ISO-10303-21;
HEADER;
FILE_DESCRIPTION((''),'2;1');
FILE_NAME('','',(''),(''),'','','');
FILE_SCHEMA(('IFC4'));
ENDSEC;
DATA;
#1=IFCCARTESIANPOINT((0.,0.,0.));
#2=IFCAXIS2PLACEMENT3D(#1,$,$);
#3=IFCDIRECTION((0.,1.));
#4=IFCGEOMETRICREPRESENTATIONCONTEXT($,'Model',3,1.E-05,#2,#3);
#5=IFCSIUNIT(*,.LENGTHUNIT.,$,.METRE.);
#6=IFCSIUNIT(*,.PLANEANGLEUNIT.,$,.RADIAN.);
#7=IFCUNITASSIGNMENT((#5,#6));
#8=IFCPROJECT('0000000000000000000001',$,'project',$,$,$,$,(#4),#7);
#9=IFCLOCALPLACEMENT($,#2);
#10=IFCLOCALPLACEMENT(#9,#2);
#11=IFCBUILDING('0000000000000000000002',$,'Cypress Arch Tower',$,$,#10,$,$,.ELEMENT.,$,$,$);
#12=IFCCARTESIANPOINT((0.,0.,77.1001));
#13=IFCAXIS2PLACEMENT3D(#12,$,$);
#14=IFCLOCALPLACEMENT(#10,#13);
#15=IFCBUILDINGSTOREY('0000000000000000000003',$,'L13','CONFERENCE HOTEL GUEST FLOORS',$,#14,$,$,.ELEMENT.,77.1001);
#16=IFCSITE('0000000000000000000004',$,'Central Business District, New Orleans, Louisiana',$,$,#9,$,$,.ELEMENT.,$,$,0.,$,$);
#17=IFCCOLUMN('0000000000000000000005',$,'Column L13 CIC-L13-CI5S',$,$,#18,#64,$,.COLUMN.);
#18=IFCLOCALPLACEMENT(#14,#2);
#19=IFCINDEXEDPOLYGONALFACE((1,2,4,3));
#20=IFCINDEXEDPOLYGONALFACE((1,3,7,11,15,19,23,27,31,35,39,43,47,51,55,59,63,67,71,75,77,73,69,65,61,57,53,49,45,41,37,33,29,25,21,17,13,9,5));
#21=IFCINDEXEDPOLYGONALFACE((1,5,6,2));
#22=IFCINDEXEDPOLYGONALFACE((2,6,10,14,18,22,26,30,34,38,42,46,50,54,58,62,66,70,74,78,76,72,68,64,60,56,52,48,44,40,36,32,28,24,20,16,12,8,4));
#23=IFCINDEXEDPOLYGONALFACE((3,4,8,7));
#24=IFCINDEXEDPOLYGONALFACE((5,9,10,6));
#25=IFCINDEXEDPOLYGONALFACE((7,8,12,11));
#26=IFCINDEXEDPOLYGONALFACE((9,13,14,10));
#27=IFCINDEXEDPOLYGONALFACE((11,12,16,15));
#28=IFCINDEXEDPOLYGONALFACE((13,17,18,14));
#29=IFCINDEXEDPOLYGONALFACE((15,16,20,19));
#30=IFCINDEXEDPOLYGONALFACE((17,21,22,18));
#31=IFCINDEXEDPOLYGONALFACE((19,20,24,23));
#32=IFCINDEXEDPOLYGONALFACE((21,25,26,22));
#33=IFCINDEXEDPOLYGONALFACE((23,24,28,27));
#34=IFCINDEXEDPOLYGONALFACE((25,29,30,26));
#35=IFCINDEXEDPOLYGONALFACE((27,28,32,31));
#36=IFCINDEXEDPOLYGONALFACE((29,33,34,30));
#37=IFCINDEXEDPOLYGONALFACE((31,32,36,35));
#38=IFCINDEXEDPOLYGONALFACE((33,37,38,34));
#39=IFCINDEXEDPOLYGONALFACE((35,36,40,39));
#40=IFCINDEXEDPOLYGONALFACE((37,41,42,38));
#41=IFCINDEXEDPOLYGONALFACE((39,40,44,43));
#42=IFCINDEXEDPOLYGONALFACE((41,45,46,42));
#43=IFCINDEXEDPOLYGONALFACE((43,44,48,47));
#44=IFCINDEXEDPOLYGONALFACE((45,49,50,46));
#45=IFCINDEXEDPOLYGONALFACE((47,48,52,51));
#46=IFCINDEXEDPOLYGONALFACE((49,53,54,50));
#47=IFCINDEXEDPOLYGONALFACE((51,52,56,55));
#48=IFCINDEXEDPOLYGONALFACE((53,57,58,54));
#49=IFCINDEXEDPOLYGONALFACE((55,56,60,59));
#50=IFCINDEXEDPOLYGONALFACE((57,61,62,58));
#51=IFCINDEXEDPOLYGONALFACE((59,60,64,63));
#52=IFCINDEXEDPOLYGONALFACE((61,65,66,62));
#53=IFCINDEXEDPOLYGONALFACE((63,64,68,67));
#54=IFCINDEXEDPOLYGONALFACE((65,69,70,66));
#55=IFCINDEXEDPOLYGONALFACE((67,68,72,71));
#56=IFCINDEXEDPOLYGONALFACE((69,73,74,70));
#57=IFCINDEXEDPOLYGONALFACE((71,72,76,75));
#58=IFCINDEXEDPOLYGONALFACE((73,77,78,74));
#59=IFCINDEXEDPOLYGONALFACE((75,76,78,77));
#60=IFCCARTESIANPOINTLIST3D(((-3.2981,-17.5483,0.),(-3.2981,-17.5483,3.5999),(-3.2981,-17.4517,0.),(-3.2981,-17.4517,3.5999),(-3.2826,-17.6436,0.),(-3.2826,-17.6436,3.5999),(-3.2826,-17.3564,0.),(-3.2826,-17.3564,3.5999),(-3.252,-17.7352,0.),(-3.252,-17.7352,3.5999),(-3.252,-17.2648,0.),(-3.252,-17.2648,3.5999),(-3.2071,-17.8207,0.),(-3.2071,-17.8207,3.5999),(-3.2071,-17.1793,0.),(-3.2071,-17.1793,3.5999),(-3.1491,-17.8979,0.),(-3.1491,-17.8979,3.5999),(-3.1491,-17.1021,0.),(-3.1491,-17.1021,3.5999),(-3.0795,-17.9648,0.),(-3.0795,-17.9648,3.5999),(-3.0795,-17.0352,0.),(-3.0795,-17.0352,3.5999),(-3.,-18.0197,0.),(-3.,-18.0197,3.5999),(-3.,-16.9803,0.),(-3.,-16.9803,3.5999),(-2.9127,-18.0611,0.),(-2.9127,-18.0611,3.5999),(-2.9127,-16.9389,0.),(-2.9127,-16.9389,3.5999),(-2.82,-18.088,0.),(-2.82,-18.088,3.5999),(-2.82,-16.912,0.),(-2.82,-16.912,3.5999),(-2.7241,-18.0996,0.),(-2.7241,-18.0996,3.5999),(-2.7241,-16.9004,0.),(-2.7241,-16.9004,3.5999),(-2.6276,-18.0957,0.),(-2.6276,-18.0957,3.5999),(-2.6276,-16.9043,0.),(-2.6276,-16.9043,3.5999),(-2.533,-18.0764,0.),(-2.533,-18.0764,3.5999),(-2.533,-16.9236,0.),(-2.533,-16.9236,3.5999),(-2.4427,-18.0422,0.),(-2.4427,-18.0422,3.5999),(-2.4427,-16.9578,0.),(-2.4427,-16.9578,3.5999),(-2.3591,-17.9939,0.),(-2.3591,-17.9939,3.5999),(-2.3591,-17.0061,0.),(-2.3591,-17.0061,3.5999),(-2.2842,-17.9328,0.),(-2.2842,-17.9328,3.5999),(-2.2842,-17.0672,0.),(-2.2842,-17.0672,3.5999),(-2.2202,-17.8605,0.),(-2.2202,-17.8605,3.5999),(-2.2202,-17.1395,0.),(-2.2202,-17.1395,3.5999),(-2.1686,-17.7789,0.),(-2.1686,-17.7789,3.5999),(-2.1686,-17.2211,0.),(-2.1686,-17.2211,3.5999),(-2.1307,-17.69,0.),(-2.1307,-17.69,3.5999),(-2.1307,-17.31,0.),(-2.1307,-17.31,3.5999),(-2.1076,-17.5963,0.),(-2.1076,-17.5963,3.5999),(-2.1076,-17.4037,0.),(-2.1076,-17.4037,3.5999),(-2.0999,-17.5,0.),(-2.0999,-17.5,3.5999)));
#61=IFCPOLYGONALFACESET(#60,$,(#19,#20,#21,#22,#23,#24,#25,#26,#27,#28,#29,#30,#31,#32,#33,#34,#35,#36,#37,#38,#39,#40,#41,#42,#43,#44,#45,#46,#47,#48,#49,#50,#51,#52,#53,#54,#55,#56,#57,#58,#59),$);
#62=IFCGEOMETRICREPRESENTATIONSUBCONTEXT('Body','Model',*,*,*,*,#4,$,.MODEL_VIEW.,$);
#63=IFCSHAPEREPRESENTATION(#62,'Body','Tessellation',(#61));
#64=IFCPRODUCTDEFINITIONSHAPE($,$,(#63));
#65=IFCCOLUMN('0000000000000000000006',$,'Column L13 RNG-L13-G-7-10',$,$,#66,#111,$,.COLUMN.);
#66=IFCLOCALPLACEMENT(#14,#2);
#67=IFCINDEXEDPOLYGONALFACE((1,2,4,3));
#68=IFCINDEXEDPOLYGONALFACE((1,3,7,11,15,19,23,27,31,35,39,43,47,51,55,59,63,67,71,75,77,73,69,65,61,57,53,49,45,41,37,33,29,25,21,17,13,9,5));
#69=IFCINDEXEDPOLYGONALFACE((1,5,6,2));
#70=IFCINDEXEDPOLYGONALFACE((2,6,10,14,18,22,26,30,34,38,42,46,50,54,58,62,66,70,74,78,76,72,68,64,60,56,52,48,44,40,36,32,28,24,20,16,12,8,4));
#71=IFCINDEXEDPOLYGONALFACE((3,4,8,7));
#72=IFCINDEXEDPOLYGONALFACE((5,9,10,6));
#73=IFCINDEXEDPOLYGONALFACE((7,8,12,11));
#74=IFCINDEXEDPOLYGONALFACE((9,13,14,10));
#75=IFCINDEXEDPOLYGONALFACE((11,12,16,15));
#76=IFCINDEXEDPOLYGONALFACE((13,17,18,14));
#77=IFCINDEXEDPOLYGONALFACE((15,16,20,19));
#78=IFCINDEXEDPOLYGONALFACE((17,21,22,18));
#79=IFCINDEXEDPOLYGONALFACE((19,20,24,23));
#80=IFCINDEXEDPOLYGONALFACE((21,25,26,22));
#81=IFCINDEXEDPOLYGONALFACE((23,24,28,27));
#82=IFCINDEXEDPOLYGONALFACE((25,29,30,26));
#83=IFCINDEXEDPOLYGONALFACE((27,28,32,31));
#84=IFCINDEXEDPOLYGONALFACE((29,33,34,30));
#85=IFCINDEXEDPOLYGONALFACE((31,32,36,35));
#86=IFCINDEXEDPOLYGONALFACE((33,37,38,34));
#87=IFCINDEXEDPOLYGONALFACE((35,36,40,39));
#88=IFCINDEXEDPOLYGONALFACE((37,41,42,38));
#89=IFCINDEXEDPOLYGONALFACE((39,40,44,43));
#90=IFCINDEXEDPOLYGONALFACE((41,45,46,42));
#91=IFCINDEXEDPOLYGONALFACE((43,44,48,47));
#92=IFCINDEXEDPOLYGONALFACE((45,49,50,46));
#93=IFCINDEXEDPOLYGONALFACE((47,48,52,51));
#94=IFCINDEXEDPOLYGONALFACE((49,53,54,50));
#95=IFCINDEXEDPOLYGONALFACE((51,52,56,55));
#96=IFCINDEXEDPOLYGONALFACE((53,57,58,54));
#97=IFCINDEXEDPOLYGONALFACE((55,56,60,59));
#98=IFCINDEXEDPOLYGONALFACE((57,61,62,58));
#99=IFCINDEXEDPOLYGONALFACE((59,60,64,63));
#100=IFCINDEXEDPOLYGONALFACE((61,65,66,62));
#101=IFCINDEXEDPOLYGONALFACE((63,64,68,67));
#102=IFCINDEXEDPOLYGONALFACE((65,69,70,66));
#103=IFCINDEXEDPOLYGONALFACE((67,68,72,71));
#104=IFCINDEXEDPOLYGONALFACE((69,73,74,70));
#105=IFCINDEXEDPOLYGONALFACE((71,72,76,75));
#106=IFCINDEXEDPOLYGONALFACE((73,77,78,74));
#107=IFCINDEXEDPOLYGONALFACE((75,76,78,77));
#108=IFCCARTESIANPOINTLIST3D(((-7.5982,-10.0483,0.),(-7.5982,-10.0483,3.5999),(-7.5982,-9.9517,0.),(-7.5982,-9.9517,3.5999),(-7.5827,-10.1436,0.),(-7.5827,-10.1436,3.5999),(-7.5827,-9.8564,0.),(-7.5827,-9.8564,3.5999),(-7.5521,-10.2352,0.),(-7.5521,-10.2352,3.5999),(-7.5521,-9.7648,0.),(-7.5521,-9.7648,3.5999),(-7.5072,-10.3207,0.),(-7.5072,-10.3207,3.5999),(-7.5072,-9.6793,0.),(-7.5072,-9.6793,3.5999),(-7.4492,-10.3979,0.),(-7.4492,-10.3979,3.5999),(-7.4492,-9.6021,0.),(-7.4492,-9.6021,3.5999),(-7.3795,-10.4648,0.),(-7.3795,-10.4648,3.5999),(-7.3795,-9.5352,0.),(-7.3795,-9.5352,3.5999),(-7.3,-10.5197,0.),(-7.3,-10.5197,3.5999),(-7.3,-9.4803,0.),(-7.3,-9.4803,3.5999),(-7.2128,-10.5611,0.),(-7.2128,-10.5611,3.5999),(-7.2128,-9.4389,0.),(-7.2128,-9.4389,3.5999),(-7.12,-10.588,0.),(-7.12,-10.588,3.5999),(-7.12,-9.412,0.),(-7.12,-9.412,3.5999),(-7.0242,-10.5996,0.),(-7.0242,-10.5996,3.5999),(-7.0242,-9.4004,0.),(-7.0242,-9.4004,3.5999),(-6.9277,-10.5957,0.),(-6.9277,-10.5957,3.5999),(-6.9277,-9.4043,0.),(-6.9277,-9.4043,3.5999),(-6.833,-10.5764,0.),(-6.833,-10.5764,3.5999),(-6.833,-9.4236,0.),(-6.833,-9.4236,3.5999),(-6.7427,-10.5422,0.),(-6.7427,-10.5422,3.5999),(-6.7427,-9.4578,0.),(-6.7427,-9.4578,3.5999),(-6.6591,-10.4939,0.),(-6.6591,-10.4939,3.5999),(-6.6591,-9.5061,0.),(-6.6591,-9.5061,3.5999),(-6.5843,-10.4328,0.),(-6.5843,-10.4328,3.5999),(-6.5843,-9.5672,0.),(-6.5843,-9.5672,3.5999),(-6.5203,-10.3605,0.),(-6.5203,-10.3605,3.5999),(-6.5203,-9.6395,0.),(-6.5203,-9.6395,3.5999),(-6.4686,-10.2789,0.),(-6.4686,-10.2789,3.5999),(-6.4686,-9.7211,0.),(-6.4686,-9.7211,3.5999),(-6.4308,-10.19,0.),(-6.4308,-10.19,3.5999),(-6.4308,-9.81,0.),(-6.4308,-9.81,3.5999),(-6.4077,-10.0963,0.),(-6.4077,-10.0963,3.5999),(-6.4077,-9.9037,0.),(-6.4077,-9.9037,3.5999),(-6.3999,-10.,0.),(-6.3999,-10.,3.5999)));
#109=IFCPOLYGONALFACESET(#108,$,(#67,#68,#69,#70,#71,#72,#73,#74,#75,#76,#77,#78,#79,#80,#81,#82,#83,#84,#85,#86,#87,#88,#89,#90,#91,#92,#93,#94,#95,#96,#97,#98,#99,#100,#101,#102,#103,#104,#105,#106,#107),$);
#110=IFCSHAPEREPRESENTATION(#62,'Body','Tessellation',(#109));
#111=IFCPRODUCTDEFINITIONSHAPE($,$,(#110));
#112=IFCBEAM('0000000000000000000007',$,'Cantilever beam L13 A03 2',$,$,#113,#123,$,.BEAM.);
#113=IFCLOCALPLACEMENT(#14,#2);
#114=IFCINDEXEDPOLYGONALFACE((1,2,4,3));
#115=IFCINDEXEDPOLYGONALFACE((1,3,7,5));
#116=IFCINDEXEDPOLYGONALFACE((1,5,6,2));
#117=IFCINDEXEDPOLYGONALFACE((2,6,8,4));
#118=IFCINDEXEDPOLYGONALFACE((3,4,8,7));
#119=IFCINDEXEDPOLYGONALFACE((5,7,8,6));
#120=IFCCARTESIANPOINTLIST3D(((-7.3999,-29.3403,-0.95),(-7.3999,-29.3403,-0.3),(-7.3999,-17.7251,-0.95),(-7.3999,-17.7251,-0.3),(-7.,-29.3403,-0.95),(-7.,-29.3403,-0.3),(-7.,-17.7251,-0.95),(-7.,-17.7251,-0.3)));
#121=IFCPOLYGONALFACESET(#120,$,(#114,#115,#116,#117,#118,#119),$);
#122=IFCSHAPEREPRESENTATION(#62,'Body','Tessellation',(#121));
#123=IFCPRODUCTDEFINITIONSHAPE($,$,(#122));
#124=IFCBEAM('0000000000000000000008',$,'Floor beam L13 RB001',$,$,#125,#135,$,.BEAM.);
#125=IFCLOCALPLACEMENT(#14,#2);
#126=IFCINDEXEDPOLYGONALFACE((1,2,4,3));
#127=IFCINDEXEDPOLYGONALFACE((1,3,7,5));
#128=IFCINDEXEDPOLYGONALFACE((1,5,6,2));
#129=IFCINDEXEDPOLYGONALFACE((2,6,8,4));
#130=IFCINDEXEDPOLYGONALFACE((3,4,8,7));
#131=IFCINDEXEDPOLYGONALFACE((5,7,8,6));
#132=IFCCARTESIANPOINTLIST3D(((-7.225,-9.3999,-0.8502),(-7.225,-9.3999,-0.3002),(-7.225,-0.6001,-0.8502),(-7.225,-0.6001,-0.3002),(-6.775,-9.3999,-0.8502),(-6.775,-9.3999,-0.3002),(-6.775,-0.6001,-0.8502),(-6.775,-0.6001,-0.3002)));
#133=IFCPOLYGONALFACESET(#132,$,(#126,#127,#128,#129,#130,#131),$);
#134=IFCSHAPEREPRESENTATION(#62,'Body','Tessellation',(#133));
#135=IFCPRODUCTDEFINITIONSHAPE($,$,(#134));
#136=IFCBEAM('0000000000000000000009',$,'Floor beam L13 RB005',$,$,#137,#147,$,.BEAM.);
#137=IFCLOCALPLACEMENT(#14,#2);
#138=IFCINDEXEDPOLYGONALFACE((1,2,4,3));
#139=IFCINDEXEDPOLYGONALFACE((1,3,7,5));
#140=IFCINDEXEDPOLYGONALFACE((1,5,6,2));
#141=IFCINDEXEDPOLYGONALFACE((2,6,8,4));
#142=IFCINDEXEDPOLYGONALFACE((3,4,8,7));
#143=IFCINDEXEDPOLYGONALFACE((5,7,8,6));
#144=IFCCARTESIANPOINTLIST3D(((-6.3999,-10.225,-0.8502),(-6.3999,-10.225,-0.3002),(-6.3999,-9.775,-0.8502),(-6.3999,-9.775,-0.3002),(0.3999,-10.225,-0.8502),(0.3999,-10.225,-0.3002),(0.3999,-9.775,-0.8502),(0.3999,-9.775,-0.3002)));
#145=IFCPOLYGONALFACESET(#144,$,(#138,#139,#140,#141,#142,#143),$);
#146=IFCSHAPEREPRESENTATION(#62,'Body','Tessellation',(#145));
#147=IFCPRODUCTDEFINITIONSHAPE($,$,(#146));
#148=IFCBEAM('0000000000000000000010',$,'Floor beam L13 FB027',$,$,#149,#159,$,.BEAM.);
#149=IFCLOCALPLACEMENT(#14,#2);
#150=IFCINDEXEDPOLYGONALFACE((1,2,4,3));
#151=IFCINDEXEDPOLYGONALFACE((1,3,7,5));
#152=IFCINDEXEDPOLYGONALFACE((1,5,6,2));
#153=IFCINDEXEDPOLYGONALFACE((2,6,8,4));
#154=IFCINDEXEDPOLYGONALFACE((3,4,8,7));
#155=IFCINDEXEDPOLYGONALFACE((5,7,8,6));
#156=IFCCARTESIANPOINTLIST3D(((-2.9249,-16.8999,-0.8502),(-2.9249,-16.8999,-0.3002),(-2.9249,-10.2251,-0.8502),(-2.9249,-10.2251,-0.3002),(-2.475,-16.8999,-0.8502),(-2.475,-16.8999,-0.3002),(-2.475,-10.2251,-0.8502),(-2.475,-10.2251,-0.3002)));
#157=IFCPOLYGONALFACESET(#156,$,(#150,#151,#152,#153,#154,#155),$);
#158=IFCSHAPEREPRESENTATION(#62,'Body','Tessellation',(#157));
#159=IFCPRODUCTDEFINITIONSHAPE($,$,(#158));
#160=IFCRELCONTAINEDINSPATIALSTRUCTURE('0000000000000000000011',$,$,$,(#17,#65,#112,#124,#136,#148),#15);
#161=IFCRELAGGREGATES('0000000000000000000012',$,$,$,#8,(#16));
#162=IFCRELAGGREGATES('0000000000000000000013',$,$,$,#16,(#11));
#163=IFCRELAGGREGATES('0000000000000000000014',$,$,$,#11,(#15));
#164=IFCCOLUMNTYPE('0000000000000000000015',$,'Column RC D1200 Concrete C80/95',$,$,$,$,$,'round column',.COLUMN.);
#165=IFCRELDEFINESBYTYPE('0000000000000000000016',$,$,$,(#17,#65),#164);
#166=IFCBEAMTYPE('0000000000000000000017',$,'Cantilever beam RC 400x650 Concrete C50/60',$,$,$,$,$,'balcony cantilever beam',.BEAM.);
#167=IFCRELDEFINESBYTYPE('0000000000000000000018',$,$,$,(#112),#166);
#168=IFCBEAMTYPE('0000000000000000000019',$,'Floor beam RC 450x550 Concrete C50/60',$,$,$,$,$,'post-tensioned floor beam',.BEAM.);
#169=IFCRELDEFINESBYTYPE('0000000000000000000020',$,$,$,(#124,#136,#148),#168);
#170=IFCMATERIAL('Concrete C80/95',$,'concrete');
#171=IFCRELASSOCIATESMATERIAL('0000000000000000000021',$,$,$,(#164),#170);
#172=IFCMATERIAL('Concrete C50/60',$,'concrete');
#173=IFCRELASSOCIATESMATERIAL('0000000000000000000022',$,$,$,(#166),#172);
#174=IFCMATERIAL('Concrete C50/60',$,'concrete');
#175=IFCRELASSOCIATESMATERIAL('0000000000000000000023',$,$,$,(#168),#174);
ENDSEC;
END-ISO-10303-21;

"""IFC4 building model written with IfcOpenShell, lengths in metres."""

from ifc_helpers import new_model, si_unit, direction, frame, origin, origin_2d, place, context, subcontext, project, spatial, rectangle, circle, extrude, material, material_profile, profile_set, type_object, element, save


model = new_model("IFC4")

# Units and contexts
model_context = context("Model", 3, precision=1e-05, world=origin(), true_north=direction((0.0, 1.0)))
body_context = subcontext(model_context, "Body", "Model", "MODEL_VIEW")
ifc_project = project(units=[si_unit("LENGTHUNIT", "METRE"), si_unit("PLANEANGLEUNIT", "RADIAN")], contexts=[model_context])

# Site, building, storey
site_placement = place(None, origin())
site = spatial("IfcSite", under=ifc_project, at=site_placement, Name="Central Business District, New Orleans, Louisiana", CompositionType="ELEMENT", RefElevation=0.0)
building_placement = place(site_placement, origin())
building = spatial("IfcBuilding", under=site, at=building_placement, Name="Cypress Arch Tower", CompositionType="ELEMENT")
storey_placement = place(building_placement, frame((0.0, 0.0, 77.1001)))
storey = spatial("IfcBuildingStorey", under=building, at=storey_placement, Name="L13", Description="CONFERENCE HOTEL GUEST FLOORS", CompositionType="ELEMENT", Elevation=77.1001)

# Columns
ifc_material_1 = material(Name="Concrete C80/95", Category="concrete")
ifc_material_profile_1 = material_profile(ifc_material_1, circle(Radius=0.6001, at=origin_2d()), Name="RC D1200")
ifc_profile_set_1 = profile_set([ifc_material_profile_1], Name="Concrete C80/95")
column_type = type_object("IfcColumnType", Name="Column RC D1200 Concrete C80/95", ElementType="round column", PredefinedType="COLUMN", material=ifc_profile_set_1)
for number, where, z_axis, x_axis, name in (
    (1, (-2.7, -17.5, 0.0), (0.0, 0.0, 1.0), (1.0, 0.0, 0.0), "Column L13 CIC-L13-CI5S"),
    (2, (-7.0, -10.0, 0.0), (0.0, 0.0, 1.0), (1.0, 0.0, 0.0), "Column L13 RNG-L13-G-7-10"),
):
    element("IfcColumn", number, at=place(storey_placement, frame(where, z_axis=z_axis, x_axis=x_axis)), inside=storey, type_object=column_type, Name=name, PredefinedType="COLUMN", context=body_context, shape_type="SweptSolid", body=[
        extrude(circle(Radius=0.6001, at=origin_2d()), origin(), (0.0, 0.0, 1.0), 3.5999),
    ])

# Beams
ifc_material_2 = material(Name="Concrete C50/60", Category="concrete")
ifc_material_profile_2 = material_profile(ifc_material_2, rectangle(XDim=0.3999, YDim=0.6499, at=origin_2d()), Name="RC 400x650")
ifc_profile_set_2 = profile_set([ifc_material_profile_2], Name="Concrete C50/60")
beam_type_1 = type_object("IfcBeamType", Name="Cantilever beam RC 400x650 Concrete C50/60", ElementType="balcony cantilever beam", PredefinedType="BEAM", material=ifc_profile_set_2)
beam_1_placement = place(storey_placement, frame((-7.2, -17.7251, -0.625), z_axis=(0.0, -1.0, 0.0), x_axis=(1.0, 0.0, 0.0)))
element("IfcBeam", 3, at=beam_1_placement, inside=storey, type_object=beam_type_1, Name="Cantilever beam L13 A03 2", PredefinedType="BEAM", context=body_context, shape_type="SweptSolid", body=[
    extrude(rectangle(XDim=0.3999, YDim=0.6499, at=origin_2d()), origin(), (0.0, 0.0, 1.0), 11.6152),
])
ifc_material_3 = material(Name="Concrete C50/60", Category="concrete")
ifc_material_profile_3 = material_profile(ifc_material_3, rectangle(XDim=0.45, YDim=0.55, at=origin_2d()), Name="RC 450x550")
ifc_profile_set_3 = profile_set([ifc_material_profile_3], Name="Concrete C50/60")
beam_type_2 = type_object("IfcBeamType", Name="Floor beam RC 450x550 Concrete C50/60", ElementType="post-tensioned floor beam", PredefinedType="BEAM", material=ifc_profile_set_3)
beam_2_placement = place(storey_placement, frame((-7.0, -9.3999, -0.5752), z_axis=(0.0, 1.0, 0.0), x_axis=(-1.0, 0.0, 0.0)))
element("IfcBeam", 4, at=beam_2_placement, inside=storey, type_object=beam_type_2, Name="Floor beam L13 RB001", PredefinedType="BEAM", context=body_context, shape_type="SweptSolid", body=[
    extrude(rectangle(XDim=0.45, YDim=0.55, at=origin_2d()), origin(), (0.0, 0.0, 1.0), 8.7998),
])
beam_3_placement = place(storey_placement, frame((-6.3999, -10.0, -0.5752), z_axis=(1.0, 0.0, 0.0), x_axis=(0.0, 1.0, 0.0)))
element("IfcBeam", 5, at=beam_3_placement, inside=storey, type_object=beam_type_2, Name="Floor beam L13 RB005", PredefinedType="BEAM", context=body_context, shape_type="SweptSolid", body=[
    extrude(rectangle(XDim=0.45, YDim=0.55, at=origin_2d()), origin(), (0.0, 0.0, 1.0), 6.7998),
])
beam_4_placement = place(storey_placement, frame((-2.7, -16.8999, -0.5752), z_axis=(0.0, 1.0, 0.0), x_axis=(-1.0, 0.0, 0.0)))
element("IfcBeam", 6, at=beam_4_placement, inside=storey, type_object=beam_type_2, Name="Floor beam L13 FB027", PredefinedType="BEAM", context=body_context, shape_type="SweptSolid", body=[
    extrude(rectangle(XDim=0.45, YDim=0.55, at=origin_2d()), origin(), (0.0, 0.0, 1.0), 6.6748),
])

save(model, "model.ifc")
